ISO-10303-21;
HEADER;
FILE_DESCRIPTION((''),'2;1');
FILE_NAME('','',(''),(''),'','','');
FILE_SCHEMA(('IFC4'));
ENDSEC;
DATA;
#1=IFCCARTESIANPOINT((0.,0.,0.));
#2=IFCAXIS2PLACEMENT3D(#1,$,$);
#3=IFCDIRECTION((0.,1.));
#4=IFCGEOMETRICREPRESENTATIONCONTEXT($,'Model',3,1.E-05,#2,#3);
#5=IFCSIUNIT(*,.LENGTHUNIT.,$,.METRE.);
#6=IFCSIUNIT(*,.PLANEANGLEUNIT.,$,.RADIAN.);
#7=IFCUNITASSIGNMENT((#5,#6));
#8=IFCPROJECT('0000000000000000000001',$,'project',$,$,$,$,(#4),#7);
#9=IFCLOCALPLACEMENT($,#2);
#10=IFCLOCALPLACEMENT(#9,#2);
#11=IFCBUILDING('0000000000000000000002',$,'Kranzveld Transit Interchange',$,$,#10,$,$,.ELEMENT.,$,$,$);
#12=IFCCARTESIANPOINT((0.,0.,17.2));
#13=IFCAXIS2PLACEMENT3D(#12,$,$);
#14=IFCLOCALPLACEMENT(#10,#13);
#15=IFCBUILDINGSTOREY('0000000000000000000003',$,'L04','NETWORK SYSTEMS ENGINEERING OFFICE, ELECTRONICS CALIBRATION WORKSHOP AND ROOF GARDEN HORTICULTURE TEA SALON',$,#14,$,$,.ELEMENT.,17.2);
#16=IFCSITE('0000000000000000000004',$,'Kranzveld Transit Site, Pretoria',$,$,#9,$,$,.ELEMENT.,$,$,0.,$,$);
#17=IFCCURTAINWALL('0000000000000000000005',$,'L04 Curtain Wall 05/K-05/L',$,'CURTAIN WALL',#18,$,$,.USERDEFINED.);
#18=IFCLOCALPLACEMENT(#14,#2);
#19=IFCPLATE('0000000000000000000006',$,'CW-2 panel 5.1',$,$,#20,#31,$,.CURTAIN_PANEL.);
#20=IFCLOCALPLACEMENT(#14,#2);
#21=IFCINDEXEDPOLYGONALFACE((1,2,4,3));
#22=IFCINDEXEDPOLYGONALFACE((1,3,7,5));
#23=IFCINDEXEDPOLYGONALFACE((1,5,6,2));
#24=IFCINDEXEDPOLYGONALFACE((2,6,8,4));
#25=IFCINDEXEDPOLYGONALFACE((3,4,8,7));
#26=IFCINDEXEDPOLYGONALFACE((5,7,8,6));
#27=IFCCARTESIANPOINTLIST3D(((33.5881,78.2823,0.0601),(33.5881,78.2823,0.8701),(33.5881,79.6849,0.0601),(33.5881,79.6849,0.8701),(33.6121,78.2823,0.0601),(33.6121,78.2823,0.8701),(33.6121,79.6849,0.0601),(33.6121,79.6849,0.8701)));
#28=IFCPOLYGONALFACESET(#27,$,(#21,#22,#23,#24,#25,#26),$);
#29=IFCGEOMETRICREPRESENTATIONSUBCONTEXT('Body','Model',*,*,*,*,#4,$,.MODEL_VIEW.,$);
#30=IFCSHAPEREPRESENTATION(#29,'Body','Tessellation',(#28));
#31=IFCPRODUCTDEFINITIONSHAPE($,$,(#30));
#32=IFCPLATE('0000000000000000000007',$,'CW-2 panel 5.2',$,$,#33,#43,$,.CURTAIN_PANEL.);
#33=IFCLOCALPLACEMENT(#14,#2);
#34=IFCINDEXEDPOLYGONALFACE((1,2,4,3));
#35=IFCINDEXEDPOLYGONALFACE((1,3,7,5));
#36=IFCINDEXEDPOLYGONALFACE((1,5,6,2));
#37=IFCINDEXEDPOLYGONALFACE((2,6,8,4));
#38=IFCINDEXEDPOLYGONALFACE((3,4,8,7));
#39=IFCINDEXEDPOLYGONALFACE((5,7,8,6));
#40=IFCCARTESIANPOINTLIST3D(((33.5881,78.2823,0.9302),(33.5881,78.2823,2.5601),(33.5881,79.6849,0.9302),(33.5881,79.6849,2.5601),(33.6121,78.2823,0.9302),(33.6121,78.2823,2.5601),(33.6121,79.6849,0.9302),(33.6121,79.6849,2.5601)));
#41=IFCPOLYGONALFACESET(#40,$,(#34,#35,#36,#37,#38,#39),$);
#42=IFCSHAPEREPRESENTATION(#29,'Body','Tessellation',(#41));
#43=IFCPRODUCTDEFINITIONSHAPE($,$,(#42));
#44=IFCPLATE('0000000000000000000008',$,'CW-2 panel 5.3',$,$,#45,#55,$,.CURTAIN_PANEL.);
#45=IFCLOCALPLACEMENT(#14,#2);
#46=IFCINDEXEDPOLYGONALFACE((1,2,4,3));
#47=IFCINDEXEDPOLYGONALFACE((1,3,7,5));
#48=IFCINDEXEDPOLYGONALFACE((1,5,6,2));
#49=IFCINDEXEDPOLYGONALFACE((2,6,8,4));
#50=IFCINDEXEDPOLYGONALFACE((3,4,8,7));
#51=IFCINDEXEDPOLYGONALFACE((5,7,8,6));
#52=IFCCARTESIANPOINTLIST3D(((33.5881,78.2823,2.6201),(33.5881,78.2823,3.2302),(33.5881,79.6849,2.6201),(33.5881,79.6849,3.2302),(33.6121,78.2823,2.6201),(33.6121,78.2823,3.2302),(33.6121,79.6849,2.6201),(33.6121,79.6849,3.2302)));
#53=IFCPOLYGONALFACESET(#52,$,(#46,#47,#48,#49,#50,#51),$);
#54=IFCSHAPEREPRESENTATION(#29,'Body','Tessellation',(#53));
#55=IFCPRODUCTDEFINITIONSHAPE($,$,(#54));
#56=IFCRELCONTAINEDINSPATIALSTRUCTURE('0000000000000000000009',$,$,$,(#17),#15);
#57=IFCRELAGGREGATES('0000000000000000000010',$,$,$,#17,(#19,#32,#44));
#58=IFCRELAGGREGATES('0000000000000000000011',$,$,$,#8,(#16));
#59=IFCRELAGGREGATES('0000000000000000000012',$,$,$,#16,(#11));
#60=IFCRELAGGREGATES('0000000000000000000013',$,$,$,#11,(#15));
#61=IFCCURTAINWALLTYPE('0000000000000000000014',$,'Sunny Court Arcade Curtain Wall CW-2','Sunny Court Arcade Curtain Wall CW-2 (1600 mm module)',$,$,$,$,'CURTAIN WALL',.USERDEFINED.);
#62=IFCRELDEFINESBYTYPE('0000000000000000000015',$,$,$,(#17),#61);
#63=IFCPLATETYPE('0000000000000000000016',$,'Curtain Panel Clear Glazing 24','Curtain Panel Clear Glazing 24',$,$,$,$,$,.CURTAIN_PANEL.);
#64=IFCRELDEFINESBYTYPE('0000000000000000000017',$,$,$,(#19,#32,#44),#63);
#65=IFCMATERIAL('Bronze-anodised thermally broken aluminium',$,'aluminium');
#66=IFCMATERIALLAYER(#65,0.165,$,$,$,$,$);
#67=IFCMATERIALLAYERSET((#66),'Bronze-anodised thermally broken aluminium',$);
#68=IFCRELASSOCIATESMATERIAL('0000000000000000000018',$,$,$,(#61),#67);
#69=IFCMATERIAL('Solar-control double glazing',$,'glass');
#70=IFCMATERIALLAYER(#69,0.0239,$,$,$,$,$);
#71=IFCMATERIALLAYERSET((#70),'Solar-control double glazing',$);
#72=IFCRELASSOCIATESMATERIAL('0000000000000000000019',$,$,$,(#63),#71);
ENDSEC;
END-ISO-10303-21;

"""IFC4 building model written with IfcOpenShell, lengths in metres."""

from ifc_helpers import new_model, si_unit, direction, frame, origin, origin_2d, place, context, subcontext, project, spatial, rectangle, extrude, material, layer, layer_set, type_object, element, aggregate, save


model = new_model("IFC4")

# Units and contexts
model_context = context("Model", 3, precision=1e-05, world=origin(), true_north=direction((0.0, 1.0)))
body_context = subcontext(model_context, "Body", "Model", "MODEL_VIEW")
ifc_project = project(units=[si_unit("LENGTHUNIT", "METRE"), si_unit("PLANEANGLEUNIT", "RADIAN")], contexts=[model_context])

# Site, building, storey
site_placement = place(None, origin())
site = spatial("IfcSite", under=ifc_project, at=site_placement, Name="Kranzveld Transit Site, Pretoria", CompositionType="ELEMENT", RefElevation=0.0)
building_placement = place(site_placement, origin())
building = spatial("IfcBuilding", under=site, at=building_placement, Name="Kranzveld Transit Interchange", CompositionType="ELEMENT")
storey_placement = place(building_placement, frame((0.0, 0.0, 17.2)))
storey = spatial("IfcBuildingStorey", under=building, at=storey_placement, Name="L04", Description="NETWORK SYSTEMS ENGINEERING OFFICE, ELECTRONICS CALIBRATION WORKSHOP AND ROOF GARDEN HORTICULTURE TEA SALON", CompositionType="ELEMENT", Elevation=17.2)

# Curtain wall
ifc_material_1 = material(Name="Bronze-anodised thermally broken aluminium", Category="aluminium")
ifc_layer_1 = layer(ifc_material_1, 0.165)
ifc_layer_set_1 = layer_set([ifc_layer_1], Name="Bronze-anodised thermally broken aluminium")
curtain_wall_type_1 = type_object("IfcCurtainWallType", Name="Sunny Court Arcade Curtain Wall CW-2", Description="Sunny Court Arcade Curtain Wall CW-2 (1600 mm module)", ElementType="CURTAIN WALL", PredefinedType="USERDEFINED", material=ifc_layer_set_1)
curtain_wall_1_placement = place(storey_placement, origin())
curtain_wall_1 = element("IfcCurtainWall", 1, at=curtain_wall_1_placement, inside=storey, type_object=curtain_wall_type_1, Name="L04 Curtain Wall 05/K-05/L", ObjectType="CURTAIN WALL", PredefinedType="USERDEFINED")

# Plates
ifc_material_2 = material(Name="Solar-control double glazing", Category="glass")
ifc_layer_2 = layer(ifc_material_2, 0.0239)
ifc_layer_set_2 = layer_set([ifc_layer_2], Name="Solar-control double glazing")
plate_type_1 = type_object("IfcPlateType", Name="Curtain Panel Clear Glazing 24", Description="Curtain Panel Clear Glazing 24", PredefinedType="CURTAIN_PANEL", material=ifc_layer_set_2)
plate_1_placement = place(storey_placement, frame((33.6001, 78.9836, 0.0601), z_axis=(0.0, 0.0, 1.0), x_axis=(0.0, 1.0, 0.0)))
plate_1 = element("IfcPlate", 2, at=plate_1_placement, type_object=plate_type_1, Name="CW-2 panel 5.1", PredefinedType="CURTAIN_PANEL", context=body_context, shape_type="SweptSolid", body=[
    extrude(rectangle(XDim=1.4026, YDim=0.0239, at=origin_2d()), origin(), (0.0, 0.0, 1.0), 0.8101),
])
plate_2_placement = place(storey_placement, frame((33.6001, 78.9836, 0.9302), z_axis=(0.0, 0.0, 1.0), x_axis=(0.0, 1.0, 0.0)))
plate_2 = element("IfcPlate", 3, at=plate_2_placement, type_object=plate_type_1, Name="CW-2 panel 5.2", PredefinedType="CURTAIN_PANEL", context=body_context, shape_type="SweptSolid", body=[
    extrude(rectangle(XDim=1.4026, YDim=0.0239, at=origin_2d()), origin(), (0.0, 0.0, 1.0), 1.6299),
])
plate_3_placement = place(storey_placement, frame((33.6001, 78.9836, 2.6201), z_axis=(0.0, 0.0, 1.0), x_axis=(0.0, 1.0, 0.0)))
plate_3 = element("IfcPlate", 4, at=plate_3_placement, type_object=plate_type_1, Name="CW-2 panel 5.3", PredefinedType="CURTAIN_PANEL", context=body_context, shape_type="SweptSolid", body=[
    extrude(rectangle(XDim=1.4026, YDim=0.0239, at=origin_2d()), origin(), (0.0, 0.0, 1.0), 0.6101),
])
aggregate(curtain_wall_1, [plate_1, plate_2, plate_3])

save(model, "model.ifc")
